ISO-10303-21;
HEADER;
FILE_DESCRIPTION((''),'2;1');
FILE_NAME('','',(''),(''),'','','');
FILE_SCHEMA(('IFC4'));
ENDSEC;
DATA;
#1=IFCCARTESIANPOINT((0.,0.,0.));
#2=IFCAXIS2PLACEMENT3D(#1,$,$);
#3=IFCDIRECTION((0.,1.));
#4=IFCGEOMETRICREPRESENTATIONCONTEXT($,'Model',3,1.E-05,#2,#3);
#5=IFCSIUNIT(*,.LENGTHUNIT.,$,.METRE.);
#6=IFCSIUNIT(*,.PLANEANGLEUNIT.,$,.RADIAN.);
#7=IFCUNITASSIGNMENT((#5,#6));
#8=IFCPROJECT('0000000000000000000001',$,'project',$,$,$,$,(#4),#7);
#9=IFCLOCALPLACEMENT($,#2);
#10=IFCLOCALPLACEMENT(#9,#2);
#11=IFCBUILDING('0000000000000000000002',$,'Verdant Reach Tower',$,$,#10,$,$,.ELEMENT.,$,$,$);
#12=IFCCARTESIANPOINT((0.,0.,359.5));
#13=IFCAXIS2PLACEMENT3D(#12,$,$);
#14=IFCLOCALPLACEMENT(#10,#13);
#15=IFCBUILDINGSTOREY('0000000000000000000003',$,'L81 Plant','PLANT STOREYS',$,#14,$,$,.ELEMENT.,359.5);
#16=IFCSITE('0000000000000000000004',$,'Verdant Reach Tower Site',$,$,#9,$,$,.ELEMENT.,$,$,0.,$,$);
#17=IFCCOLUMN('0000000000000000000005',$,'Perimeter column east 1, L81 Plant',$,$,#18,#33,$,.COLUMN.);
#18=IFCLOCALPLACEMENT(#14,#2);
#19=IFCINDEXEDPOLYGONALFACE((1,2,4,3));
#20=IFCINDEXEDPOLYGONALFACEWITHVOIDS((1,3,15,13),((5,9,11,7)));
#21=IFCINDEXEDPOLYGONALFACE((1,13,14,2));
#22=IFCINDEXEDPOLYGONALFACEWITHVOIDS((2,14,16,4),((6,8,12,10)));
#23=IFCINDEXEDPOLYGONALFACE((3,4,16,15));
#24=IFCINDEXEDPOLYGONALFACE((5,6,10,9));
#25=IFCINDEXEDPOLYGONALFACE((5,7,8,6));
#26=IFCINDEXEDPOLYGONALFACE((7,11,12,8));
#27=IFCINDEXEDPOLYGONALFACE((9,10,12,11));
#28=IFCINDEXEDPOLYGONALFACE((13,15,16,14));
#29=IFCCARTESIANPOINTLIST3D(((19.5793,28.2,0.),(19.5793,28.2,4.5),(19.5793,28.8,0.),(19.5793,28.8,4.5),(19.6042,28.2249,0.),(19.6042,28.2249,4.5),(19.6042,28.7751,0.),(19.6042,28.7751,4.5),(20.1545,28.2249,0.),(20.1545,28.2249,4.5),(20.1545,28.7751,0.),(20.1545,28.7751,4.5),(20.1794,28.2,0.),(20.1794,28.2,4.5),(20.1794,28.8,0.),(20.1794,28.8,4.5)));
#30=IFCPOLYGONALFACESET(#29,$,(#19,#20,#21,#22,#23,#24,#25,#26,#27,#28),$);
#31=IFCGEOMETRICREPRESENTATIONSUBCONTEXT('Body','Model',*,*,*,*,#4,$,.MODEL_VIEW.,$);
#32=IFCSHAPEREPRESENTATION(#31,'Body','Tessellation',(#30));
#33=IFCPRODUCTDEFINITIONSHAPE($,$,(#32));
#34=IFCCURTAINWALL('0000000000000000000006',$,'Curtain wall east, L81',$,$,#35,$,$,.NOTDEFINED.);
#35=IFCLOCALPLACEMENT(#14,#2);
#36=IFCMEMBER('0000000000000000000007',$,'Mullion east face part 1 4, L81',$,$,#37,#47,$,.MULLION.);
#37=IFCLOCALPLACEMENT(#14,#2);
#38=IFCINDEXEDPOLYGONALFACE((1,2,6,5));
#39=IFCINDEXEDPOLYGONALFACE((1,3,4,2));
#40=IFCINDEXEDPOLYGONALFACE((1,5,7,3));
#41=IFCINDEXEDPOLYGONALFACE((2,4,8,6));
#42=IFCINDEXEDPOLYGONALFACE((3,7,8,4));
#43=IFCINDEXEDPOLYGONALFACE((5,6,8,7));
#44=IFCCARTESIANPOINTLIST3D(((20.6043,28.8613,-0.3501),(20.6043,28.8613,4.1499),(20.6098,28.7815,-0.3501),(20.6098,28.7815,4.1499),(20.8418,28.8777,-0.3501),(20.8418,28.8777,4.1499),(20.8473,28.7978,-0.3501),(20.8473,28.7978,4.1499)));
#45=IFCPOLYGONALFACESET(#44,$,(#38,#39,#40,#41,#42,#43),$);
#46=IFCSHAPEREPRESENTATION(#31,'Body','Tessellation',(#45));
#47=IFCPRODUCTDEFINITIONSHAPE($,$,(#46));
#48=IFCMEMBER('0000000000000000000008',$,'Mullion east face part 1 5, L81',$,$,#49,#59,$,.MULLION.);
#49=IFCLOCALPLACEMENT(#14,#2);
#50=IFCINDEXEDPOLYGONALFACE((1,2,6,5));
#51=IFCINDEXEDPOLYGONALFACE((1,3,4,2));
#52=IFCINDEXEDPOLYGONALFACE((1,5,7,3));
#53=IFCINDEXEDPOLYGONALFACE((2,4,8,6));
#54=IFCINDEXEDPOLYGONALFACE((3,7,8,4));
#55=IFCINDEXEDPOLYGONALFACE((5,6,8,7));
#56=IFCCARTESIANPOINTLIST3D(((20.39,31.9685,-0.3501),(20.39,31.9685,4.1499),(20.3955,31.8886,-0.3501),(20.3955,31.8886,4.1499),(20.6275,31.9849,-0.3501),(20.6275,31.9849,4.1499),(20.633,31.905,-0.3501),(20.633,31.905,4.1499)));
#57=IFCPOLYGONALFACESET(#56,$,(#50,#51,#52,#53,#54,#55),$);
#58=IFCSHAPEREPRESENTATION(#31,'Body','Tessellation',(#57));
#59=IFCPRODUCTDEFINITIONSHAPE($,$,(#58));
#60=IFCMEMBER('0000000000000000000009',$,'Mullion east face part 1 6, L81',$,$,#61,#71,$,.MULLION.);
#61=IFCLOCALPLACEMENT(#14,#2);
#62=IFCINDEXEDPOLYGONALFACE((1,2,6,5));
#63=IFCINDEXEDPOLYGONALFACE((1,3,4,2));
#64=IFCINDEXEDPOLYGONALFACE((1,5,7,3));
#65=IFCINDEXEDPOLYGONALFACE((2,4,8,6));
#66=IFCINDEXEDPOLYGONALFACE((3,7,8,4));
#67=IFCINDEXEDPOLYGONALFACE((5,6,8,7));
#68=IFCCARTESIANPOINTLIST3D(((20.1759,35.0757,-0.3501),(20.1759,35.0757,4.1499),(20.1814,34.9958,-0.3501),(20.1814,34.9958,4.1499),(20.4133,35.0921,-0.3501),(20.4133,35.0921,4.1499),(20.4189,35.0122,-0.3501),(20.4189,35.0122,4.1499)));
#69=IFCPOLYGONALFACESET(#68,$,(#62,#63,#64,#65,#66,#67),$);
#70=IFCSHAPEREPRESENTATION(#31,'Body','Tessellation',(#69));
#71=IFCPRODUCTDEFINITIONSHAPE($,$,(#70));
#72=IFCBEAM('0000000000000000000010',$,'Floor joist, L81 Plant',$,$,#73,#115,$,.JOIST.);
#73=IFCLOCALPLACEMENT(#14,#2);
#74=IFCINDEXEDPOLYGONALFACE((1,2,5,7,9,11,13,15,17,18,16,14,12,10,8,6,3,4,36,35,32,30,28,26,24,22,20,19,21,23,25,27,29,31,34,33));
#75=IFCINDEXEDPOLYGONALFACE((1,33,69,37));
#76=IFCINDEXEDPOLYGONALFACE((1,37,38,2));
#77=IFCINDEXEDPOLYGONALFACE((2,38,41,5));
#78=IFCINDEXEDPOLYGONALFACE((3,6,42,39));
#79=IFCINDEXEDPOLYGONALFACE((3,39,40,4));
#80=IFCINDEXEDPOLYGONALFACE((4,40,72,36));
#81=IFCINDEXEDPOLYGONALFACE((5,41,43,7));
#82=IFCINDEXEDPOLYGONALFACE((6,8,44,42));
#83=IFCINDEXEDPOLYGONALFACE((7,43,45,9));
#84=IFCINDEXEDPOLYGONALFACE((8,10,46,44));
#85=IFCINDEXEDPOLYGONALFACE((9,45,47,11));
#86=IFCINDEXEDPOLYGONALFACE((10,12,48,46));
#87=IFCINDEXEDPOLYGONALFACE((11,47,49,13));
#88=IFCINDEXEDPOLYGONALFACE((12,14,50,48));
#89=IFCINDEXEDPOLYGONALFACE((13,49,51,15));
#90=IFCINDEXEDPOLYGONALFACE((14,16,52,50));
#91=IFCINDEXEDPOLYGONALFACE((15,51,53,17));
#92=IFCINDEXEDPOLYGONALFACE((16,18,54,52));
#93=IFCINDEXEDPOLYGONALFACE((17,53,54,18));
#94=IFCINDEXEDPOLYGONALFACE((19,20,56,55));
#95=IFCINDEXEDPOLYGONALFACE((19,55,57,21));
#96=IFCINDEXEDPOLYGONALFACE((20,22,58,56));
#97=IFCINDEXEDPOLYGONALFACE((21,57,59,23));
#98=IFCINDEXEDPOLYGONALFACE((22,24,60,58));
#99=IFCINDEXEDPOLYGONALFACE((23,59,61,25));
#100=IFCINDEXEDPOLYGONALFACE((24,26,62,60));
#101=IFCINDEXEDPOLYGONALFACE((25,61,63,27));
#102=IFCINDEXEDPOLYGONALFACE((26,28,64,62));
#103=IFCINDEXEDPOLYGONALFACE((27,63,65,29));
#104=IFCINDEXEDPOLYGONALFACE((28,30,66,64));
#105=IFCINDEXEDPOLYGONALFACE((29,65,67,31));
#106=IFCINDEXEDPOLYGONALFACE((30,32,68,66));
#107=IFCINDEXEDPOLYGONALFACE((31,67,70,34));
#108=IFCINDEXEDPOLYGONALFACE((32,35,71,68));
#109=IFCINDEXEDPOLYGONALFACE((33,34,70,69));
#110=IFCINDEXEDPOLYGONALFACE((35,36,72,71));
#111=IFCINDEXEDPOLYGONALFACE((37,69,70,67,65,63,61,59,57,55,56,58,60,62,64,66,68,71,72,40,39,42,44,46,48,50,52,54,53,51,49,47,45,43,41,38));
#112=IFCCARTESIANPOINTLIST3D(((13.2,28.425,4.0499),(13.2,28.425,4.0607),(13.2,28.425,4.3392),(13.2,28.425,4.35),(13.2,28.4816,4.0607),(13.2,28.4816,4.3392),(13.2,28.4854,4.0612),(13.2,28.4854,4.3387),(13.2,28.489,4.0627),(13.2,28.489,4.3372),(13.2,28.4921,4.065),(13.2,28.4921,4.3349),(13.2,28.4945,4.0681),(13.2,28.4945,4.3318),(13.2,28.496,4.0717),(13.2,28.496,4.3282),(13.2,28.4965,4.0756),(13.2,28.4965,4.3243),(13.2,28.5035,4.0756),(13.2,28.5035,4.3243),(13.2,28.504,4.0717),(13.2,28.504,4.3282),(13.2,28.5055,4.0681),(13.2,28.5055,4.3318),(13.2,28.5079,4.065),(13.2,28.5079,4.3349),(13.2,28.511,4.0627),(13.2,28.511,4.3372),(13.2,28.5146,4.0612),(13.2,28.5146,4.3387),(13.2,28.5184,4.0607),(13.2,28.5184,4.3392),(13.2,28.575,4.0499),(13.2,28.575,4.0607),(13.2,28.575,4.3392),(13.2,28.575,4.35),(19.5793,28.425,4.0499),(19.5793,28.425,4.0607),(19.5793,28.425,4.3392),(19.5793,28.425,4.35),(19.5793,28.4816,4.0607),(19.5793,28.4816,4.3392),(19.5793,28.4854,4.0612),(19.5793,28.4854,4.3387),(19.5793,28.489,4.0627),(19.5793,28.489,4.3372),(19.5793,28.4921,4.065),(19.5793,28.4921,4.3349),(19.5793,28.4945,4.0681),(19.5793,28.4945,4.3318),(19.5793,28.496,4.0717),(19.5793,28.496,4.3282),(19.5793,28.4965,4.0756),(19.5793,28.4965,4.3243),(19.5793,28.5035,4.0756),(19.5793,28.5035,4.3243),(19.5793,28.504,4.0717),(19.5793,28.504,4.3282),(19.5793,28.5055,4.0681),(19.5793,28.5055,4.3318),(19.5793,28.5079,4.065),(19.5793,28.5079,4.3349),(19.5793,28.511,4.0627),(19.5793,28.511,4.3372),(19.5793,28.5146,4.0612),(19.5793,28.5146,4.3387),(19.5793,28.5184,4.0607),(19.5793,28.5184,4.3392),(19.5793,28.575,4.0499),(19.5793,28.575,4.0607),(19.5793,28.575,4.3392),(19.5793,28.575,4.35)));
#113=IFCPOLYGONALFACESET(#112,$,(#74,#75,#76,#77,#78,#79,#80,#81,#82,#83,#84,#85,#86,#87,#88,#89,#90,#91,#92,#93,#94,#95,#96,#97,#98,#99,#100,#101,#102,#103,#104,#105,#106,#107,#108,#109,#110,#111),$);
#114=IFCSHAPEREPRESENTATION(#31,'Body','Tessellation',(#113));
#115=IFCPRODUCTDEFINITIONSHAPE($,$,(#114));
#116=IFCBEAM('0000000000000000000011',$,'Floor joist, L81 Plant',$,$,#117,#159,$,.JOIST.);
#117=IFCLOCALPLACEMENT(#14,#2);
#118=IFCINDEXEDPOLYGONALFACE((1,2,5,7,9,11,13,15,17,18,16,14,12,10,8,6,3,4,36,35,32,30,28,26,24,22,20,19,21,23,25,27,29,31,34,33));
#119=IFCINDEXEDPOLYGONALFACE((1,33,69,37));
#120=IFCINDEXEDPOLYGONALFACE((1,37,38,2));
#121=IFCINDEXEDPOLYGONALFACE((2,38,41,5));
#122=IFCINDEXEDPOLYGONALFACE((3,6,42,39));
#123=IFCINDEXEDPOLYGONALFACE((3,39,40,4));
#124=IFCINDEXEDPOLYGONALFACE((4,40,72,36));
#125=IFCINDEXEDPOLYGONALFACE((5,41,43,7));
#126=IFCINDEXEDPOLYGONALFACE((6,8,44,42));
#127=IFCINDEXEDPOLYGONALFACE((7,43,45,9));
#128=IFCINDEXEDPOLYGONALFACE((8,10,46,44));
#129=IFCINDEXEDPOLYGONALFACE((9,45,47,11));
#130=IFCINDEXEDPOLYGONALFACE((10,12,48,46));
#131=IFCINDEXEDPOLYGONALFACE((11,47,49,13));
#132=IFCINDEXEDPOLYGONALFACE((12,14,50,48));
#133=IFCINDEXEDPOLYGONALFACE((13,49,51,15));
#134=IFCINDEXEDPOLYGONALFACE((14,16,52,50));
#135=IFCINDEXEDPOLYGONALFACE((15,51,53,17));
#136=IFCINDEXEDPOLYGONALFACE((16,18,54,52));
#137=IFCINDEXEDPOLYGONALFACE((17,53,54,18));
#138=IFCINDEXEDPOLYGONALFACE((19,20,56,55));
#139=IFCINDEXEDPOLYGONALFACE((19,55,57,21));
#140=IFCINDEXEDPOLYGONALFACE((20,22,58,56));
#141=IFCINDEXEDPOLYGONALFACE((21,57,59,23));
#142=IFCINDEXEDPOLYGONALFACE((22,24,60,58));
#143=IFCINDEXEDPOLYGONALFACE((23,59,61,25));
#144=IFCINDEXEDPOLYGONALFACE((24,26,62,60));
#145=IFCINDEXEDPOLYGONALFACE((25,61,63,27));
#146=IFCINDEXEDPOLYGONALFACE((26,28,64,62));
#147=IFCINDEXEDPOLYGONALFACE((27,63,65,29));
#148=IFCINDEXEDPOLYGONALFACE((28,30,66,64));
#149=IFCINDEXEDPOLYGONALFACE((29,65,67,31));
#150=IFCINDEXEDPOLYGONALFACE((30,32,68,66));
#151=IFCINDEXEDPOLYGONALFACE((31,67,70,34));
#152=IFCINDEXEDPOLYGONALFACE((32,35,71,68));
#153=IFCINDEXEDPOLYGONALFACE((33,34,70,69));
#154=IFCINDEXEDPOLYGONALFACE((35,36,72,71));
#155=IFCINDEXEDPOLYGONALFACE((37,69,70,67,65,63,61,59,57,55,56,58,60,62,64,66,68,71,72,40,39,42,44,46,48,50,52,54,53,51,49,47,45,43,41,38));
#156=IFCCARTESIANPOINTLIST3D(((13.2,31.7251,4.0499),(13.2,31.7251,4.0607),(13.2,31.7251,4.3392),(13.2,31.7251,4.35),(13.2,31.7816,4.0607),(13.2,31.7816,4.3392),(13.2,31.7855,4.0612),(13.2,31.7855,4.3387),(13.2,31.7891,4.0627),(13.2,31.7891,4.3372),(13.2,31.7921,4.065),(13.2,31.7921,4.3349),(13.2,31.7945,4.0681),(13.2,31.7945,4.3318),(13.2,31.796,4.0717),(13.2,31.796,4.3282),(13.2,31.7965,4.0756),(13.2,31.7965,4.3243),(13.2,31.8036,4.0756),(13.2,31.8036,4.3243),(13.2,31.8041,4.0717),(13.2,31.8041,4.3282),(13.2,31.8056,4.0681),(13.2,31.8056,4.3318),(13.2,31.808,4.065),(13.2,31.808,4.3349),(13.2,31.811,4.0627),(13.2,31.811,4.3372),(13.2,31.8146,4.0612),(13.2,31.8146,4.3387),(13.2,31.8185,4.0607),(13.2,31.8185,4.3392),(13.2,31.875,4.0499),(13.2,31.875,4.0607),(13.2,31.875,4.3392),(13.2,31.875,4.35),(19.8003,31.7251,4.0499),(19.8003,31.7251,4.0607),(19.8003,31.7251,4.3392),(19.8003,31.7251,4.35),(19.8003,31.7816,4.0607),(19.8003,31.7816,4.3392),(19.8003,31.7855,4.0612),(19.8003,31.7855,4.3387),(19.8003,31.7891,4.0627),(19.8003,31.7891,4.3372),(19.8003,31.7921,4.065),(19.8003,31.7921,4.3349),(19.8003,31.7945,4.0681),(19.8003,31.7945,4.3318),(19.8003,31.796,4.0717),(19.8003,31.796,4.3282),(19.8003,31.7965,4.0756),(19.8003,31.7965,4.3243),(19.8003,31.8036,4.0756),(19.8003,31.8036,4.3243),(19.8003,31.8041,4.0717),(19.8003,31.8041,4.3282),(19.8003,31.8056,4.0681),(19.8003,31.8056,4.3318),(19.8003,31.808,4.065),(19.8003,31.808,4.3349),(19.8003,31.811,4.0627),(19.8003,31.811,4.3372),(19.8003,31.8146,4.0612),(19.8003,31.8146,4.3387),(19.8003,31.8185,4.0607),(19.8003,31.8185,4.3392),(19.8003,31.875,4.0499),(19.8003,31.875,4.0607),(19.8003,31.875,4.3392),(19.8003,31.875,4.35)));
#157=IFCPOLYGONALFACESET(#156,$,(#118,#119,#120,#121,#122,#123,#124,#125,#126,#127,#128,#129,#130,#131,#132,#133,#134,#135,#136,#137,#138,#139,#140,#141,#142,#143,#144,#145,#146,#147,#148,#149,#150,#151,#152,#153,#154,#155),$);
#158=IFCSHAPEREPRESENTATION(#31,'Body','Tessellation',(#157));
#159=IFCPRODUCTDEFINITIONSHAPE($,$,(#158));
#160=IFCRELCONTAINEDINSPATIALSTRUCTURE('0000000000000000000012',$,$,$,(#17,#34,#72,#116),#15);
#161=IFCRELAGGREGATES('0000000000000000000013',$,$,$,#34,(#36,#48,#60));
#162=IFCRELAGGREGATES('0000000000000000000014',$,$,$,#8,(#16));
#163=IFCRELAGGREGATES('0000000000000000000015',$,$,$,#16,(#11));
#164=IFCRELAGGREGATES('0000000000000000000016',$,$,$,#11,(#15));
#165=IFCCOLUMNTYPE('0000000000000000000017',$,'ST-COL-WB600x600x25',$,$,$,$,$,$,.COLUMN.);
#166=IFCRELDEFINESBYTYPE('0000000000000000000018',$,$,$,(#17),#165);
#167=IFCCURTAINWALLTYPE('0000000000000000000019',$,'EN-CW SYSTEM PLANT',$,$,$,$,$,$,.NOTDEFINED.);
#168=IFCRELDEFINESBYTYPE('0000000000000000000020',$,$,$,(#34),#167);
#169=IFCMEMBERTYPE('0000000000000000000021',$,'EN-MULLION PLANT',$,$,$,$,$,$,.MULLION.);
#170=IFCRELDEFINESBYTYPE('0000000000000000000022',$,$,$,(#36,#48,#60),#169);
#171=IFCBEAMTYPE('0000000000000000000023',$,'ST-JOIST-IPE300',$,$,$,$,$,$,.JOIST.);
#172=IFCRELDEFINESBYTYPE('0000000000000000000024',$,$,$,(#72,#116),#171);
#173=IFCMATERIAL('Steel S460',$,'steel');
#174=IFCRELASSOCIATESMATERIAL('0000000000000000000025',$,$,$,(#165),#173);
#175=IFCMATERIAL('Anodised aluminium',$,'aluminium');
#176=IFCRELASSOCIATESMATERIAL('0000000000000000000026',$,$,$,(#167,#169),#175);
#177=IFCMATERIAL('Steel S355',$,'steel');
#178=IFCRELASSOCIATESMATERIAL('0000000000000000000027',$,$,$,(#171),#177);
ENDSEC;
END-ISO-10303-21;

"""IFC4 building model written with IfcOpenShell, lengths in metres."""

from ifc_helpers import new_model, si_unit, direction, frame, origin, origin_2d, place, context, subcontext, project, spatial, rectangle, hollow_rectangle, i_section, extrude, material, material_profile, profile_set, type_object, element, aggregate, save


model = new_model("IFC4")

# Units and contexts
model_context = context("Model", 3, precision=1e-05, world=origin(), true_north=direction((0.0, 1.0)))
body_context = subcontext(model_context, "Body", "Model", "MODEL_VIEW")
ifc_project = project(units=[si_unit("LENGTHUNIT", "METRE"), si_unit("PLANEANGLEUNIT", "RADIAN")], contexts=[model_context])

# Site, building, storey
site_placement = place(None, origin())
site = spatial("IfcSite", under=ifc_project, at=site_placement, Name="Verdant Reach Tower Site", CompositionType="ELEMENT", RefElevation=0.0)
building_placement = place(site_placement, origin())
building = spatial("IfcBuilding", under=site, at=building_placement, Name="Verdant Reach Tower", CompositionType="ELEMENT")
storey_placement = place(building_placement, frame((0.0, 0.0, 359.5)))
storey = spatial("IfcBuildingStorey", under=building, at=storey_placement, Name="L81 Plant", Description="PLANT STOREYS", CompositionType="ELEMENT", Elevation=359.5)

# Column
ifc_material_1 = material(Name="Steel S460", Category="steel")
ifc_material_profile_1 = material_profile(ifc_material_1, hollow_rectangle(XDim=0.6001, YDim=0.6001, WallThickness=0.0249, at=origin_2d()), Name="WB 600x600x25")
ifc_profile_set_1 = profile_set([ifc_material_profile_1], Name="Steel S460")
column_type = type_object("IfcColumnType", Name="ST-COL-WB600x600x25", PredefinedType="COLUMN", material=ifc_profile_set_1)
column_placement = place(storey_placement, frame((19.8794, 28.5, 0.0), z_axis=(0.0, 0.0, 1.0), x_axis=(1.0, 0.0, 0.0)))
element("IfcColumn", 1, at=column_placement, inside=storey, type_object=column_type, Name="Perimeter column east 1, L81 Plant", PredefinedType="COLUMN", context=body_context, shape_type="SweptSolid", body=[
    extrude(hollow_rectangle(XDim=0.6001, YDim=0.6001, WallThickness=0.0249, at=origin_2d()), origin(), (0.0, 0.0, 1.0), 4.5),
])

# Curtain wall, members
ifc_material_2 = material(Name="Anodised aluminium", Category="aluminium")
curtain_wall_type = type_object("IfcCurtainWallType", Name="EN-CW SYSTEM PLANT", PredefinedType="NOTDEFINED", material=ifc_material_2)
curtain_wall_placement = place(storey_placement, origin())
curtain_wall = element("IfcCurtainWall", 2, at=curtain_wall_placement, inside=storey, type_object=curtain_wall_type, Name="Curtain wall east, L81", PredefinedType="NOTDEFINED")
ifc_material_profile_2 = material_profile(ifc_material_2, rectangle(XDim=0.238, YDim=0.0801, at=origin_2d()), Name="Mullion 80x240")
ifc_profile_set_2 = profile_set([ifc_material_profile_2], Name="Anodised aluminium")
member_type = type_object("IfcMemberType", Name="EN-MULLION PLANT", PredefinedType="MULLION", material=ifc_profile_set_2)
member_1_placement = place(storey_placement, frame((20.7258, 28.8296, -0.3501), z_axis=(0.0, 0.0, 1.0), x_axis=(0.99763, 0.068802, 0.0)))
member_1 = element("IfcMember", 3, at=member_1_placement, type_object=member_type, Name="Mullion east face part 1 4, L81", PredefinedType="MULLION", context=body_context, shape_type="SweptSolid", body=[
    extrude(rectangle(XDim=0.238, YDim=0.0801, at=origin_2d()), origin(), (0.0, 0.0, 1.0), 4.5),
])
member_2_placement = place(storey_placement, frame((20.5115, 31.9368, -0.3501), z_axis=(0.0, 0.0, 1.0), x_axis=(0.99763, 0.068802, 0.0)))
member_2 = element("IfcMember", 4, at=member_2_placement, type_object=member_type, Name="Mullion east face part 1 5, L81", PredefinedType="MULLION", context=body_context, shape_type="SweptSolid", body=[
    extrude(rectangle(XDim=0.238, YDim=0.0801, at=origin_2d()), origin(), (0.0, 0.0, 1.0), 4.5),
])
member_3_placement = place(storey_placement, frame((20.2974, 35.0439, -0.3501), z_axis=(0.0, 0.0, 1.0), x_axis=(0.99763, 0.068802, 0.0)))
member_3 = element("IfcMember", 5, at=member_3_placement, type_object=member_type, Name="Mullion east face part 1 6, L81", PredefinedType="MULLION", context=body_context, shape_type="SweptSolid", body=[
    extrude(rectangle(XDim=0.238, YDim=0.0801, at=origin_2d()), origin(), (0.0, 0.0, 1.0), 4.5),
])

# Beams
ifc_material_3 = material(Name="Steel S355", Category="steel")
ifc_material_profile_3 = material_profile(ifc_material_3, i_section(OverallWidth=0.1499, OverallDepth=0.3, WebThickness=0.0071, FlangeThickness=0.0107, FilletRadius=0.0149, at=origin_2d()), Name="IPE 300")
ifc_profile_set_3 = profile_set([ifc_material_profile_3], Name="Steel S355")
beam_type = type_object("IfcBeamType", Name="ST-JOIST-IPE300", PredefinedType="JOIST", material=ifc_profile_set_3)
beam_1_placement = place(storey_placement, frame((13.2, 28.5, 4.2), z_axis=(1.0, 0.0, 0.0), x_axis=(0.0, 1.0, 0.0)))
element("IfcBeam", 6, at=beam_1_placement, inside=storey, type_object=beam_type, Name="Floor joist, L81 Plant", PredefinedType="JOIST", context=body_context, shape_type="SweptSolid", body=[
    extrude(i_section(OverallWidth=0.1499, OverallDepth=0.3, WebThickness=0.0071, FlangeThickness=0.0107, FilletRadius=0.0149, at=origin_2d()), origin(), (0.0, 0.0, 1.0), 6.3794),
])
beam_2_placement = place(storey_placement, frame((13.2, 31.8, 4.2), z_axis=(1.0, 0.0, 0.0), x_axis=(0.0, 1.0, 0.0)))
element("IfcBeam", 7, at=beam_2_placement, inside=storey, type_object=beam_type, Name="Floor joist, L81 Plant", PredefinedType="JOIST", context=body_context, shape_type="SweptSolid", body=[
    extrude(i_section(OverallWidth=0.1499, OverallDepth=0.3, WebThickness=0.0071, FlangeThickness=0.0107, FilletRadius=0.0149, at=origin_2d()), origin(), (0.0, 0.0, 1.0), 6.6003),
])

aggregate(curtain_wall, [member_1, member_2, member_3])

save(model, "model.ifc")
